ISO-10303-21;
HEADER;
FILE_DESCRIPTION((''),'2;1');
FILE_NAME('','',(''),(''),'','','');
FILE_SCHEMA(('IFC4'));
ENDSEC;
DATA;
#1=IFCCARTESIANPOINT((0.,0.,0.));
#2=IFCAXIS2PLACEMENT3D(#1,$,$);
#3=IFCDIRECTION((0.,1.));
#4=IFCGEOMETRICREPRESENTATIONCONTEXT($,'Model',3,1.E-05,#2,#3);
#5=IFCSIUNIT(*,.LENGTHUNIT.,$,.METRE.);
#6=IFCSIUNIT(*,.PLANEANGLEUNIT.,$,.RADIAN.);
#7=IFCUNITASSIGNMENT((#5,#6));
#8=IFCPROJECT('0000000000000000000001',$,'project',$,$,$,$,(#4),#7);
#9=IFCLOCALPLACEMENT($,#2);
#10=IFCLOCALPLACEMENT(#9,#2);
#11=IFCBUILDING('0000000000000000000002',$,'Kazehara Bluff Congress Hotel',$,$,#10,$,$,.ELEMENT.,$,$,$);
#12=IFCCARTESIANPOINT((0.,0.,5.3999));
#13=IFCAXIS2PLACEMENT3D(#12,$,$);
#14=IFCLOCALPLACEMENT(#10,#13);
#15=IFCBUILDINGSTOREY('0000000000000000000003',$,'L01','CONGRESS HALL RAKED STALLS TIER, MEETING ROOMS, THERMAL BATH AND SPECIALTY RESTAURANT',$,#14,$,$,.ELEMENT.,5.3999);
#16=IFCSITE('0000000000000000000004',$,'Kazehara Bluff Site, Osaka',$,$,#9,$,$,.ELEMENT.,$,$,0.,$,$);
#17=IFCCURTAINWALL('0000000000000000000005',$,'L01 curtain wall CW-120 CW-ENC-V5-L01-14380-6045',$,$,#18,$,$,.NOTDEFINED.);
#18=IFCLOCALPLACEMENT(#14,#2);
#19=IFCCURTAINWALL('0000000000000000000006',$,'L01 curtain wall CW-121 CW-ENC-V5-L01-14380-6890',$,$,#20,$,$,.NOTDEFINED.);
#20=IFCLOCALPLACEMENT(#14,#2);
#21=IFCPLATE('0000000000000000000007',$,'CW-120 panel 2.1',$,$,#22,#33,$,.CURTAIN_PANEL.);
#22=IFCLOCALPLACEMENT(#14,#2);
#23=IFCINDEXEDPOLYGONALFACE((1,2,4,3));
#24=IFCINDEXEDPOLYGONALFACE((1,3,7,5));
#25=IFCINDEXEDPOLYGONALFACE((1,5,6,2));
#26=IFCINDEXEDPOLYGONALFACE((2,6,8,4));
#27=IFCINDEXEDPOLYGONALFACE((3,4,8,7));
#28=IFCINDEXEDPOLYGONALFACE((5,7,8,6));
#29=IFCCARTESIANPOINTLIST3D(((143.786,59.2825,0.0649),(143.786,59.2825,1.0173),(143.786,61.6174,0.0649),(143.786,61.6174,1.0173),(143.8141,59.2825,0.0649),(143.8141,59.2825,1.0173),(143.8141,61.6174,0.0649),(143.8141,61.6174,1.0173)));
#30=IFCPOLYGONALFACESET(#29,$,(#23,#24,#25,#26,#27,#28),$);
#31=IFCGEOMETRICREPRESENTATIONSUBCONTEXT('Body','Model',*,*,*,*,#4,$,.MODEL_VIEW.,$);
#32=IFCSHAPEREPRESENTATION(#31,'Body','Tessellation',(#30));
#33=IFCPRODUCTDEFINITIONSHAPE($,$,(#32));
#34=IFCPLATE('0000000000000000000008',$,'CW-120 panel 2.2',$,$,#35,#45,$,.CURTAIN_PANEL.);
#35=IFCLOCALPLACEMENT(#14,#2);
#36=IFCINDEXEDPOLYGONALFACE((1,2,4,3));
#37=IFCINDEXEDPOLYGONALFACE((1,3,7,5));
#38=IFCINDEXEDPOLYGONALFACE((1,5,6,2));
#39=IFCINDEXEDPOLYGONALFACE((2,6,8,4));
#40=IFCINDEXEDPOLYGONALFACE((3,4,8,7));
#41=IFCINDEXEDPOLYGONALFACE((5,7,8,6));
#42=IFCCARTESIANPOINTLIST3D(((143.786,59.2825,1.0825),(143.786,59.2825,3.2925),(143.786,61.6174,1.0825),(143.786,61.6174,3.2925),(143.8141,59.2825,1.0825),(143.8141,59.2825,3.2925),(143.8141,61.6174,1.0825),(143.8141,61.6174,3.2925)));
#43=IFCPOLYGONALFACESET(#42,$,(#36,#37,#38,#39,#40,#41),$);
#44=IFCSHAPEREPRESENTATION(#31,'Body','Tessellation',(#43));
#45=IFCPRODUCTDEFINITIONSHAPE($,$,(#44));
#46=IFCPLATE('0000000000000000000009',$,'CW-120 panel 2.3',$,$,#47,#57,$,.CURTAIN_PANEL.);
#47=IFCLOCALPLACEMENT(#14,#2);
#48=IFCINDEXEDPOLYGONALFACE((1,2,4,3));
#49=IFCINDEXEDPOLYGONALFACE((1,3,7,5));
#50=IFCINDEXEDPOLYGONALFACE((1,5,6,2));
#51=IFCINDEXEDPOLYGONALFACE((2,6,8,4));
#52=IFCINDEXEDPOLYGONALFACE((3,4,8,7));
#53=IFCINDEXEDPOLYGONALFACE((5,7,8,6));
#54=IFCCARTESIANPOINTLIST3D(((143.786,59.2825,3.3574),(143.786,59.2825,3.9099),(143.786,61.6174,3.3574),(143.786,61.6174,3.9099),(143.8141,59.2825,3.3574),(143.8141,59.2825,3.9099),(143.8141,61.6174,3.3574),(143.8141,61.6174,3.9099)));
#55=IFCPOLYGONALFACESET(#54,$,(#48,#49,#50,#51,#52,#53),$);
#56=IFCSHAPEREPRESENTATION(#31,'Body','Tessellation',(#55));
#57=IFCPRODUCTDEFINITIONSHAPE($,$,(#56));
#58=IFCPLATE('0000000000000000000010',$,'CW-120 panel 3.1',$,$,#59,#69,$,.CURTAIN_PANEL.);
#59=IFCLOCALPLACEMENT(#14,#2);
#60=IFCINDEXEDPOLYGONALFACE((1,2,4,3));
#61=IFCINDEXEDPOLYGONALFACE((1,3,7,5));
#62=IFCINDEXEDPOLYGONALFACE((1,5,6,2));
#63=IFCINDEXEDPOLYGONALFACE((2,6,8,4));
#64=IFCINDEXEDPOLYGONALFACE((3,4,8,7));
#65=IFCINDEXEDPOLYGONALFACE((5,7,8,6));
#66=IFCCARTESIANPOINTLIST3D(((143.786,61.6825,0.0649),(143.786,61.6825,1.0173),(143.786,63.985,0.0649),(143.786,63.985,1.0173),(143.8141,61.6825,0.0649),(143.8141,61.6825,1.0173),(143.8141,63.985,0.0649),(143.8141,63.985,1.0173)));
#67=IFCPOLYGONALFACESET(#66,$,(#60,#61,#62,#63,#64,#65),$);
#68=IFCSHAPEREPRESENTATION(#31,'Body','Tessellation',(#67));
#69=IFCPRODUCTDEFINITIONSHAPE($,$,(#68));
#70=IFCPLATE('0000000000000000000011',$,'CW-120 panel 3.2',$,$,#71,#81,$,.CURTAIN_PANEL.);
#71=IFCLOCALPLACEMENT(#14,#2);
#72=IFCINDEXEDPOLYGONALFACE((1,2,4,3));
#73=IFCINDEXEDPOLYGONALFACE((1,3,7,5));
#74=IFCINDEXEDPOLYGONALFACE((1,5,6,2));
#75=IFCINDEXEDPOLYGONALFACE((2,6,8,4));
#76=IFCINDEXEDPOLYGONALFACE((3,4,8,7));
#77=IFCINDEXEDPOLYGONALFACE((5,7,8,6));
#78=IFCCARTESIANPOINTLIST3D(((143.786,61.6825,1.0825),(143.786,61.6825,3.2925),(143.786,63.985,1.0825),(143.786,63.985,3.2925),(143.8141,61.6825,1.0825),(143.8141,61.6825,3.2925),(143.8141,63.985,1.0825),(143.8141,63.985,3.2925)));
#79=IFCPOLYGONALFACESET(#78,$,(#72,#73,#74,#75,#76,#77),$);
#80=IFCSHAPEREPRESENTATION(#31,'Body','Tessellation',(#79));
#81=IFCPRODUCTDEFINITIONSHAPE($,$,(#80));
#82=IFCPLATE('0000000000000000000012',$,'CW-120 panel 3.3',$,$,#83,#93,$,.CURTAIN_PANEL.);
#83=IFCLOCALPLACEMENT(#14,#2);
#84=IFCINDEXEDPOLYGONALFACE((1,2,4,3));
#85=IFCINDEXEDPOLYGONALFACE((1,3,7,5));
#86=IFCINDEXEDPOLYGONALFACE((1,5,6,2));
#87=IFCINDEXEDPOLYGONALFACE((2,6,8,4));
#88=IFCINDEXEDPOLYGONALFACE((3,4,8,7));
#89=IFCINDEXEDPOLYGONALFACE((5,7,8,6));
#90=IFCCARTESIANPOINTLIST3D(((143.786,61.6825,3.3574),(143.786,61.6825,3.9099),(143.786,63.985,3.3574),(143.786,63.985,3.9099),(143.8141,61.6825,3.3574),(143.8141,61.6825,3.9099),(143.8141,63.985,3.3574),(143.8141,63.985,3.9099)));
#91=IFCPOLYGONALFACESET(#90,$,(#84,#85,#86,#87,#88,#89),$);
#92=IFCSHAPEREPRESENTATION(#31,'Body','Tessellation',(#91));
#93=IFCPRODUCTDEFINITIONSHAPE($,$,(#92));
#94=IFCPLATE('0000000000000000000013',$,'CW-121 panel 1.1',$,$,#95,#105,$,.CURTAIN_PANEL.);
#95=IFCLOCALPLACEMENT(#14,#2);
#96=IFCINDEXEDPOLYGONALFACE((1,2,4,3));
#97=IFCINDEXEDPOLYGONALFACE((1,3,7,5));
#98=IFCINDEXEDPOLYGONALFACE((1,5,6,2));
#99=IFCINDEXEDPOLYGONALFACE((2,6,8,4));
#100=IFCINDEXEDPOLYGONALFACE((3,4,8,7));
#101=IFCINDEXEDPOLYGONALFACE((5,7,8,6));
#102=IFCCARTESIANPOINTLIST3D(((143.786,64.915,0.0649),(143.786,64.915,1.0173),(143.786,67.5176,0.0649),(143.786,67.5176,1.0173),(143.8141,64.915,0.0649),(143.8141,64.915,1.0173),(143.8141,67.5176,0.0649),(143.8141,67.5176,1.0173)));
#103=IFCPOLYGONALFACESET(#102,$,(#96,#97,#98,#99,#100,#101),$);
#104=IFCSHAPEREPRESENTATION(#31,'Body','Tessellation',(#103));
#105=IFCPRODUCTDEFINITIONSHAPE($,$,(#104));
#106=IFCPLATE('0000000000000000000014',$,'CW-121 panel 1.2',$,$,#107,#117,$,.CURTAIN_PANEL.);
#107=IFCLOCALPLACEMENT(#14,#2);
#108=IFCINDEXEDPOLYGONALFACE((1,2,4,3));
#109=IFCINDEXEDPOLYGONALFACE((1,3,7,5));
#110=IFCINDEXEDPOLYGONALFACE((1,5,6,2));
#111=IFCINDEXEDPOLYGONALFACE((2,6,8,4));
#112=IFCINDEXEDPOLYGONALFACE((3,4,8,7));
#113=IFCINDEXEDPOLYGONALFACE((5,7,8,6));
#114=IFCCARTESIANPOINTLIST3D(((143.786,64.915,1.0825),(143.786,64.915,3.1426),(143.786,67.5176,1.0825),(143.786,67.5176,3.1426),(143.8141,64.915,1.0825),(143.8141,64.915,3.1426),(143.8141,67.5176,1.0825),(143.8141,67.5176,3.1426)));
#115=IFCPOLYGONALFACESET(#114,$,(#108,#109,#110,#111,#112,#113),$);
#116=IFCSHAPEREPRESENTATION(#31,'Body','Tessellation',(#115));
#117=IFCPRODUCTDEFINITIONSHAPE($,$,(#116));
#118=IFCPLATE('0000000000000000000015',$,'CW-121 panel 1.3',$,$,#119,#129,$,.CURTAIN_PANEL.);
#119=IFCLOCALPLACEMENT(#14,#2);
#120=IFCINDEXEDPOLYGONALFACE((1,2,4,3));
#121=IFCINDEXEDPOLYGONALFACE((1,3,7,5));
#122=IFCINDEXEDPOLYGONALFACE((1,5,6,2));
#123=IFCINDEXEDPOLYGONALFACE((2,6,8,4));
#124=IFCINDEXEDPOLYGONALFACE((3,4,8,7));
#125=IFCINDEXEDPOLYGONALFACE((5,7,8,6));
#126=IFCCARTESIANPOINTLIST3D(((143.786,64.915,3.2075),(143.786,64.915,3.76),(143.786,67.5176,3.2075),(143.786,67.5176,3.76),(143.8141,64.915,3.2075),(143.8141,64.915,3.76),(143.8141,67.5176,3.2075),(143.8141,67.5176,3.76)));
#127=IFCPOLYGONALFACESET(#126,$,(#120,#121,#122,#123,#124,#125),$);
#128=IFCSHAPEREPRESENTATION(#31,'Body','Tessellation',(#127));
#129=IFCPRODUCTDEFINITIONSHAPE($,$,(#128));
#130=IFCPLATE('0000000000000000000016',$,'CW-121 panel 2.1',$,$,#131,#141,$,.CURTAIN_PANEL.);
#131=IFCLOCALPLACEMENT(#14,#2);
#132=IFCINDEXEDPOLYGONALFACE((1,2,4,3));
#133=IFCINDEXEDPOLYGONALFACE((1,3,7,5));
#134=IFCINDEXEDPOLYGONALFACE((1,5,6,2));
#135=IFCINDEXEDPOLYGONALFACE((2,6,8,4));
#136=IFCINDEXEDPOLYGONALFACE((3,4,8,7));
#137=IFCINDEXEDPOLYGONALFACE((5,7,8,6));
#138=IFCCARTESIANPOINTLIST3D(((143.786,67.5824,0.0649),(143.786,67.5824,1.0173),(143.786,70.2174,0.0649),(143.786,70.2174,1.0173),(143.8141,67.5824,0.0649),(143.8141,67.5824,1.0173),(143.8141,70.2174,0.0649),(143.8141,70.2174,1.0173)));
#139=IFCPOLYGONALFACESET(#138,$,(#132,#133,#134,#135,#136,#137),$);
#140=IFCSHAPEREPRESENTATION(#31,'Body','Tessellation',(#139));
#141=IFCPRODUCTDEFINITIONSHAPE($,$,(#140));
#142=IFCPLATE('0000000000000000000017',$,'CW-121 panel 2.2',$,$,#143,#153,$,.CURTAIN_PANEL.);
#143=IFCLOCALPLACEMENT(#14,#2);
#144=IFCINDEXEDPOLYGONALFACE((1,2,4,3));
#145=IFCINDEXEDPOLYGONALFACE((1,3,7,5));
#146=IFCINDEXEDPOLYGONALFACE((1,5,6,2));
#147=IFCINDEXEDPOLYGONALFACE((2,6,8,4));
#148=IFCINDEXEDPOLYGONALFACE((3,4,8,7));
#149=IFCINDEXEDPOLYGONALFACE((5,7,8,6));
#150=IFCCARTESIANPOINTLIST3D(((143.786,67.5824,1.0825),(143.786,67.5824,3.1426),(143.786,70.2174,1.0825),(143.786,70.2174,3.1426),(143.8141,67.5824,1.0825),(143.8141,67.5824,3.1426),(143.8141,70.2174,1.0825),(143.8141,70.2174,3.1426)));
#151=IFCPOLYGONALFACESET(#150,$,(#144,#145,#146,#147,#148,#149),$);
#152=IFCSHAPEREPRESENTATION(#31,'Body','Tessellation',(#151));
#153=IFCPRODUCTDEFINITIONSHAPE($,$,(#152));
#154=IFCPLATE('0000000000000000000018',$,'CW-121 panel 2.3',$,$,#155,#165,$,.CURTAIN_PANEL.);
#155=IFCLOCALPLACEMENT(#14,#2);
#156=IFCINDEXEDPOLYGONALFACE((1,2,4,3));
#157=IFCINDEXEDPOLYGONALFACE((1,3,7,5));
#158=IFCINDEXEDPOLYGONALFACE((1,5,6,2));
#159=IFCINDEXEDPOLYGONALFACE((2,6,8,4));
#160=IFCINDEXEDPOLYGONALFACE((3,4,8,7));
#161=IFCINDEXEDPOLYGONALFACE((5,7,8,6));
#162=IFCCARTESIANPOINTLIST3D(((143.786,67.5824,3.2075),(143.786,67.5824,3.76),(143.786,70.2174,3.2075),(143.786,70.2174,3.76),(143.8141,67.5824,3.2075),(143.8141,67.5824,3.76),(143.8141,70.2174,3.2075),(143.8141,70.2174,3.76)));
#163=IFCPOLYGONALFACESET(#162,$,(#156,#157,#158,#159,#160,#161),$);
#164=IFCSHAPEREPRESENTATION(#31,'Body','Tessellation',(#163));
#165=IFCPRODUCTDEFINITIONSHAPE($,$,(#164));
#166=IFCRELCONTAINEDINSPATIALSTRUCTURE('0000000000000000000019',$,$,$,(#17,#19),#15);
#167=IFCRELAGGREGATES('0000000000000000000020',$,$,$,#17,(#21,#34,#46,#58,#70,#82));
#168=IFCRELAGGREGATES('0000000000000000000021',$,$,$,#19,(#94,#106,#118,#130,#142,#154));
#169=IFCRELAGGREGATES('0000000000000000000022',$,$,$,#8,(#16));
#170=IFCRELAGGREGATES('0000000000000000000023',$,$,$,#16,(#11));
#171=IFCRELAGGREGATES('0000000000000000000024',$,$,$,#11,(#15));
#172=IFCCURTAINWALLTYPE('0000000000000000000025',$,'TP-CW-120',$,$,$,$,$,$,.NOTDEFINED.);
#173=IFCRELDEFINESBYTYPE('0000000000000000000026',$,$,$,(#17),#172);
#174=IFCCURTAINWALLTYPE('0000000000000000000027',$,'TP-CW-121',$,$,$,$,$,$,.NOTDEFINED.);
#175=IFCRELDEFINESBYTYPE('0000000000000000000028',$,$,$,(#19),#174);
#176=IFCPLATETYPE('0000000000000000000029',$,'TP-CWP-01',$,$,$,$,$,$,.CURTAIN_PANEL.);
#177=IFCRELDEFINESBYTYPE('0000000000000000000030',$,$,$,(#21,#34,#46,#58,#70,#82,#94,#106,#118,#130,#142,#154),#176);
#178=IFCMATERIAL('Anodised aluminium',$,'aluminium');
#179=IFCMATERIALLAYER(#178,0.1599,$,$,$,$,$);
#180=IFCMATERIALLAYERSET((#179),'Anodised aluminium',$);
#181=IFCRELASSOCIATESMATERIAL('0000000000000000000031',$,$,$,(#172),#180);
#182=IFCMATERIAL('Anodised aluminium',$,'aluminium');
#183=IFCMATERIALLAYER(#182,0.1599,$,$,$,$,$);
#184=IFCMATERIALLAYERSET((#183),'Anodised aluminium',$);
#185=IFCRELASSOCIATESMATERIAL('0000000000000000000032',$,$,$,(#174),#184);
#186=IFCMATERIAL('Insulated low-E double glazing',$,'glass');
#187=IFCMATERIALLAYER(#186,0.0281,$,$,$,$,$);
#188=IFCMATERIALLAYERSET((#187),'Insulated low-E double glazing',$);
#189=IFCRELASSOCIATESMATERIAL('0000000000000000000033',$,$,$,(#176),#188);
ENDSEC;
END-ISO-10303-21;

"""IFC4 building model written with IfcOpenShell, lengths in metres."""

from ifc_helpers import new_model, si_unit, direction, frame, origin, origin_2d, place, context, subcontext, project, spatial, rectangle, extrude, material, layer, layer_set, type_object, element, aggregate, save


model = new_model("IFC4")

# Units and contexts
model_context = context("Model", 3, precision=1e-05, world=origin(), true_north=direction((0.0, 1.0)))
body_context = subcontext(model_context, "Body", "Model", "MODEL_VIEW")
ifc_project = project(units=[si_unit("LENGTHUNIT", "METRE"), si_unit("PLANEANGLEUNIT", "RADIAN")], contexts=[model_context])

# Site, building, storey
site_placement = place(None, origin())
site = spatial("IfcSite", under=ifc_project, at=site_placement, Name="Kazehara Bluff Site, Osaka", CompositionType="ELEMENT", RefElevation=0.0)
building_placement = place(site_placement, origin())
building = spatial("IfcBuilding", under=site, at=building_placement, Name="Kazehara Bluff Congress Hotel", CompositionType="ELEMENT")
storey_placement = place(building_placement, frame((0.0, 0.0, 5.3999)))
storey = spatial("IfcBuildingStorey", under=building, at=storey_placement, Name="L01", Description="CONGRESS HALL RAKED STALLS TIER, MEETING ROOMS, THERMAL BATH AND SPECIALTY RESTAURANT", CompositionType="ELEMENT", Elevation=5.3999)

# Curtain walls
ifc_material_1 = material(Name="Anodised aluminium", Category="aluminium")
ifc_layer_1 = layer(ifc_material_1, 0.1599)
ifc_layer_set_1 = layer_set([ifc_layer_1], Name="Anodised aluminium")
curtain_wall_type_1 = type_object("IfcCurtainWallType", Name="TP-CW-120", PredefinedType="NOTDEFINED", material=ifc_layer_set_1)
curtain_wall_1_placement = place(storey_placement, origin())
curtain_wall_1 = element("IfcCurtainWall", 1, at=curtain_wall_1_placement, inside=storey, type_object=curtain_wall_type_1, Name="L01 curtain wall CW-120 CW-ENC-V5-L01-14380-6045", PredefinedType="NOTDEFINED")
ifc_material_2 = material(Name="Anodised aluminium", Category="aluminium")
ifc_layer_2 = layer(ifc_material_2, 0.1599)
ifc_layer_set_2 = layer_set([ifc_layer_2], Name="Anodised aluminium")
curtain_wall_type_2 = type_object("IfcCurtainWallType", Name="TP-CW-121", PredefinedType="NOTDEFINED", material=ifc_layer_set_2)
curtain_wall_2_placement = place(storey_placement, origin())
curtain_wall_2 = element("IfcCurtainWall", 2, at=curtain_wall_2_placement, inside=storey, type_object=curtain_wall_type_2, Name="L01 curtain wall CW-121 CW-ENC-V5-L01-14380-6890", PredefinedType="NOTDEFINED")

# Plates
ifc_material_3 = material(Name="Insulated low-E double glazing", Category="glass")
ifc_layer_3 = layer(ifc_material_3, 0.0281)
ifc_layer_set_3 = layer_set([ifc_layer_3], Name="Insulated low-E double glazing")
plate_type = type_object("IfcPlateType", Name="TP-CWP-01", PredefinedType="CURTAIN_PANEL", material=ifc_layer_set_3)
plate_1_placement = place(storey_placement, frame((143.8, 60.45, 0.0649), z_axis=(0.0, 0.0, 1.0), x_axis=(0.0, 1.0, 0.0)))
plate_1 = element("IfcPlate", 3, at=plate_1_placement, type_object=plate_type, Name="CW-120 panel 2.1", PredefinedType="CURTAIN_PANEL", context=body_context, shape_type="SweptSolid", body=[
    extrude(rectangle(XDim=2.335, YDim=0.0281, at=origin_2d()), origin(), (0.0, 0.0, 1.0), 0.9524),
])
plate_2_placement = place(storey_placement, frame((143.8, 60.45, 1.0825), z_axis=(0.0, 0.0, 1.0), x_axis=(0.0, 1.0, 0.0)))
plate_2 = element("IfcPlate", 4, at=plate_2_placement, type_object=plate_type, Name="CW-120 panel 2.2", PredefinedType="CURTAIN_PANEL", context=body_context, shape_type="SweptSolid", body=[
    extrude(rectangle(XDim=2.335, YDim=0.0281, at=origin_2d()), origin(), (0.0, 0.0, 1.0), 2.21),
])
plate_3_placement = place(storey_placement, frame((143.8, 60.45, 3.3574), z_axis=(0.0, 0.0, 1.0), x_axis=(0.0, 1.0, 0.0)))
plate_3 = element("IfcPlate", 5, at=plate_3_placement, type_object=plate_type, Name="CW-120 panel 2.3", PredefinedType="CURTAIN_PANEL", context=body_context, shape_type="SweptSolid", body=[
    extrude(rectangle(XDim=2.335, YDim=0.0281, at=origin_2d()), origin(), (0.0, 0.0, 1.0), 0.5525),
])
plate_4_placement = place(storey_placement, frame((143.8, 62.8337, 0.0649), z_axis=(0.0, 0.0, 1.0), x_axis=(0.0, 1.0, 0.0)))
plate_4 = element("IfcPlate", 6, at=plate_4_placement, type_object=plate_type, Name="CW-120 panel 3.1", PredefinedType="CURTAIN_PANEL", context=body_context, shape_type="SweptSolid", body=[
    extrude(rectangle(XDim=2.3025, YDim=0.0281, at=origin_2d()), origin(), (0.0, 0.0, 1.0), 0.9524),
])
plate_5_placement = place(storey_placement, frame((143.8, 62.8337, 1.0825), z_axis=(0.0, 0.0, 1.0), x_axis=(0.0, 1.0, 0.0)))
plate_5 = element("IfcPlate", 7, at=plate_5_placement, type_object=plate_type, Name="CW-120 panel 3.2", PredefinedType="CURTAIN_PANEL", context=body_context, shape_type="SweptSolid", body=[
    extrude(rectangle(XDim=2.3025, YDim=0.0281, at=origin_2d()), origin(), (0.0, 0.0, 1.0), 2.21),
])
plate_6_placement = place(storey_placement, frame((143.8, 62.8337, 3.3574), z_axis=(0.0, 0.0, 1.0), x_axis=(0.0, 1.0, 0.0)))
plate_6 = element("IfcPlate", 8, at=plate_6_placement, type_object=plate_type, Name="CW-120 panel 3.3", PredefinedType="CURTAIN_PANEL", context=body_context, shape_type="SweptSolid", body=[
    extrude(rectangle(XDim=2.3025, YDim=0.0281, at=origin_2d()), origin(), (0.0, 0.0, 1.0), 0.5525),
])
aggregate(curtain_wall_1, [plate_1, plate_2, plate_3, plate_4, plate_5, plate_6])
plate_7_placement = place(storey_placement, frame((143.8, 66.2163, 0.0649), z_axis=(0.0, 0.0, 1.0), x_axis=(0.0, 1.0, 0.0)))
plate_7 = element("IfcPlate", 9, at=plate_7_placement, type_object=plate_type, Name="CW-121 panel 1.1", PredefinedType="CURTAIN_PANEL", context=body_context, shape_type="SweptSolid", body=[
    extrude(rectangle(XDim=2.6025, YDim=0.0281, at=origin_2d()), origin(), (0.0, 0.0, 1.0), 0.9524),
])
plate_8_placement = place(storey_placement, frame((143.8, 66.2163, 1.0825), z_axis=(0.0, 0.0, 1.0), x_axis=(0.0, 1.0, 0.0)))
plate_8 = element("IfcPlate", 10, at=plate_8_placement, type_object=plate_type, Name="CW-121 panel 1.2", PredefinedType="CURTAIN_PANEL", context=body_context, shape_type="SweptSolid", body=[
    extrude(rectangle(XDim=2.6025, YDim=0.0281, at=origin_2d()), origin(), (0.0, 0.0, 1.0), 2.0601),
])
plate_9_placement = place(storey_placement, frame((143.8, 66.2163, 3.2075), z_axis=(0.0, 0.0, 1.0), x_axis=(0.0, 1.0, 0.0)))
plate_9 = element("IfcPlate", 11, at=plate_9_placement, type_object=plate_type, Name="CW-121 panel 1.3", PredefinedType="CURTAIN_PANEL", context=body_context, shape_type="SweptSolid", body=[
    extrude(rectangle(XDim=2.6025, YDim=0.0281, at=origin_2d()), origin(), (0.0, 0.0, 1.0), 0.5525),
])
plate_10_placement = place(storey_placement, frame((143.8, 68.8999, 0.0649), z_axis=(0.0, 0.0, 1.0), x_axis=(0.0, 1.0, 0.0)))
plate_10 = element("IfcPlate", 12, at=plate_10_placement, type_object=plate_type, Name="CW-121 panel 2.1", PredefinedType="CURTAIN_PANEL", context=body_context, shape_type="SweptSolid", body=[
    extrude(rectangle(XDim=2.635, YDim=0.0281, at=origin_2d()), origin(), (0.0, 0.0, 1.0), 0.9524),
])
plate_11_placement = place(storey_placement, frame((143.8, 68.8999, 1.0825), z_axis=(0.0, 0.0, 1.0), x_axis=(0.0, 1.0, 0.0)))
plate_11 = element("IfcPlate", 13, at=plate_11_placement, type_object=plate_type, Name="CW-121 panel 2.2", PredefinedType="CURTAIN_PANEL", context=body_context, shape_type="SweptSolid", body=[
    extrude(rectangle(XDim=2.635, YDim=0.0281, at=origin_2d()), origin(), (0.0, 0.0, 1.0), 2.0601),
])
plate_12_placement = place(storey_placement, frame((143.8, 68.8999, 3.2075), z_axis=(0.0, 0.0, 1.0), x_axis=(0.0, 1.0, 0.0)))
plate_12 = element("IfcPlate", 14, at=plate_12_placement, type_object=plate_type, Name="CW-121 panel 2.3", PredefinedType="CURTAIN_PANEL", context=body_context, shape_type="SweptSolid", body=[
    extrude(rectangle(XDim=2.635, YDim=0.0281, at=origin_2d()), origin(), (0.0, 0.0, 1.0), 0.5525),
])
aggregate(curtain_wall_2, [plate_7, plate_8, plate_9, plate_10, plate_11, plate_12])

save(model, "model.ifc")
